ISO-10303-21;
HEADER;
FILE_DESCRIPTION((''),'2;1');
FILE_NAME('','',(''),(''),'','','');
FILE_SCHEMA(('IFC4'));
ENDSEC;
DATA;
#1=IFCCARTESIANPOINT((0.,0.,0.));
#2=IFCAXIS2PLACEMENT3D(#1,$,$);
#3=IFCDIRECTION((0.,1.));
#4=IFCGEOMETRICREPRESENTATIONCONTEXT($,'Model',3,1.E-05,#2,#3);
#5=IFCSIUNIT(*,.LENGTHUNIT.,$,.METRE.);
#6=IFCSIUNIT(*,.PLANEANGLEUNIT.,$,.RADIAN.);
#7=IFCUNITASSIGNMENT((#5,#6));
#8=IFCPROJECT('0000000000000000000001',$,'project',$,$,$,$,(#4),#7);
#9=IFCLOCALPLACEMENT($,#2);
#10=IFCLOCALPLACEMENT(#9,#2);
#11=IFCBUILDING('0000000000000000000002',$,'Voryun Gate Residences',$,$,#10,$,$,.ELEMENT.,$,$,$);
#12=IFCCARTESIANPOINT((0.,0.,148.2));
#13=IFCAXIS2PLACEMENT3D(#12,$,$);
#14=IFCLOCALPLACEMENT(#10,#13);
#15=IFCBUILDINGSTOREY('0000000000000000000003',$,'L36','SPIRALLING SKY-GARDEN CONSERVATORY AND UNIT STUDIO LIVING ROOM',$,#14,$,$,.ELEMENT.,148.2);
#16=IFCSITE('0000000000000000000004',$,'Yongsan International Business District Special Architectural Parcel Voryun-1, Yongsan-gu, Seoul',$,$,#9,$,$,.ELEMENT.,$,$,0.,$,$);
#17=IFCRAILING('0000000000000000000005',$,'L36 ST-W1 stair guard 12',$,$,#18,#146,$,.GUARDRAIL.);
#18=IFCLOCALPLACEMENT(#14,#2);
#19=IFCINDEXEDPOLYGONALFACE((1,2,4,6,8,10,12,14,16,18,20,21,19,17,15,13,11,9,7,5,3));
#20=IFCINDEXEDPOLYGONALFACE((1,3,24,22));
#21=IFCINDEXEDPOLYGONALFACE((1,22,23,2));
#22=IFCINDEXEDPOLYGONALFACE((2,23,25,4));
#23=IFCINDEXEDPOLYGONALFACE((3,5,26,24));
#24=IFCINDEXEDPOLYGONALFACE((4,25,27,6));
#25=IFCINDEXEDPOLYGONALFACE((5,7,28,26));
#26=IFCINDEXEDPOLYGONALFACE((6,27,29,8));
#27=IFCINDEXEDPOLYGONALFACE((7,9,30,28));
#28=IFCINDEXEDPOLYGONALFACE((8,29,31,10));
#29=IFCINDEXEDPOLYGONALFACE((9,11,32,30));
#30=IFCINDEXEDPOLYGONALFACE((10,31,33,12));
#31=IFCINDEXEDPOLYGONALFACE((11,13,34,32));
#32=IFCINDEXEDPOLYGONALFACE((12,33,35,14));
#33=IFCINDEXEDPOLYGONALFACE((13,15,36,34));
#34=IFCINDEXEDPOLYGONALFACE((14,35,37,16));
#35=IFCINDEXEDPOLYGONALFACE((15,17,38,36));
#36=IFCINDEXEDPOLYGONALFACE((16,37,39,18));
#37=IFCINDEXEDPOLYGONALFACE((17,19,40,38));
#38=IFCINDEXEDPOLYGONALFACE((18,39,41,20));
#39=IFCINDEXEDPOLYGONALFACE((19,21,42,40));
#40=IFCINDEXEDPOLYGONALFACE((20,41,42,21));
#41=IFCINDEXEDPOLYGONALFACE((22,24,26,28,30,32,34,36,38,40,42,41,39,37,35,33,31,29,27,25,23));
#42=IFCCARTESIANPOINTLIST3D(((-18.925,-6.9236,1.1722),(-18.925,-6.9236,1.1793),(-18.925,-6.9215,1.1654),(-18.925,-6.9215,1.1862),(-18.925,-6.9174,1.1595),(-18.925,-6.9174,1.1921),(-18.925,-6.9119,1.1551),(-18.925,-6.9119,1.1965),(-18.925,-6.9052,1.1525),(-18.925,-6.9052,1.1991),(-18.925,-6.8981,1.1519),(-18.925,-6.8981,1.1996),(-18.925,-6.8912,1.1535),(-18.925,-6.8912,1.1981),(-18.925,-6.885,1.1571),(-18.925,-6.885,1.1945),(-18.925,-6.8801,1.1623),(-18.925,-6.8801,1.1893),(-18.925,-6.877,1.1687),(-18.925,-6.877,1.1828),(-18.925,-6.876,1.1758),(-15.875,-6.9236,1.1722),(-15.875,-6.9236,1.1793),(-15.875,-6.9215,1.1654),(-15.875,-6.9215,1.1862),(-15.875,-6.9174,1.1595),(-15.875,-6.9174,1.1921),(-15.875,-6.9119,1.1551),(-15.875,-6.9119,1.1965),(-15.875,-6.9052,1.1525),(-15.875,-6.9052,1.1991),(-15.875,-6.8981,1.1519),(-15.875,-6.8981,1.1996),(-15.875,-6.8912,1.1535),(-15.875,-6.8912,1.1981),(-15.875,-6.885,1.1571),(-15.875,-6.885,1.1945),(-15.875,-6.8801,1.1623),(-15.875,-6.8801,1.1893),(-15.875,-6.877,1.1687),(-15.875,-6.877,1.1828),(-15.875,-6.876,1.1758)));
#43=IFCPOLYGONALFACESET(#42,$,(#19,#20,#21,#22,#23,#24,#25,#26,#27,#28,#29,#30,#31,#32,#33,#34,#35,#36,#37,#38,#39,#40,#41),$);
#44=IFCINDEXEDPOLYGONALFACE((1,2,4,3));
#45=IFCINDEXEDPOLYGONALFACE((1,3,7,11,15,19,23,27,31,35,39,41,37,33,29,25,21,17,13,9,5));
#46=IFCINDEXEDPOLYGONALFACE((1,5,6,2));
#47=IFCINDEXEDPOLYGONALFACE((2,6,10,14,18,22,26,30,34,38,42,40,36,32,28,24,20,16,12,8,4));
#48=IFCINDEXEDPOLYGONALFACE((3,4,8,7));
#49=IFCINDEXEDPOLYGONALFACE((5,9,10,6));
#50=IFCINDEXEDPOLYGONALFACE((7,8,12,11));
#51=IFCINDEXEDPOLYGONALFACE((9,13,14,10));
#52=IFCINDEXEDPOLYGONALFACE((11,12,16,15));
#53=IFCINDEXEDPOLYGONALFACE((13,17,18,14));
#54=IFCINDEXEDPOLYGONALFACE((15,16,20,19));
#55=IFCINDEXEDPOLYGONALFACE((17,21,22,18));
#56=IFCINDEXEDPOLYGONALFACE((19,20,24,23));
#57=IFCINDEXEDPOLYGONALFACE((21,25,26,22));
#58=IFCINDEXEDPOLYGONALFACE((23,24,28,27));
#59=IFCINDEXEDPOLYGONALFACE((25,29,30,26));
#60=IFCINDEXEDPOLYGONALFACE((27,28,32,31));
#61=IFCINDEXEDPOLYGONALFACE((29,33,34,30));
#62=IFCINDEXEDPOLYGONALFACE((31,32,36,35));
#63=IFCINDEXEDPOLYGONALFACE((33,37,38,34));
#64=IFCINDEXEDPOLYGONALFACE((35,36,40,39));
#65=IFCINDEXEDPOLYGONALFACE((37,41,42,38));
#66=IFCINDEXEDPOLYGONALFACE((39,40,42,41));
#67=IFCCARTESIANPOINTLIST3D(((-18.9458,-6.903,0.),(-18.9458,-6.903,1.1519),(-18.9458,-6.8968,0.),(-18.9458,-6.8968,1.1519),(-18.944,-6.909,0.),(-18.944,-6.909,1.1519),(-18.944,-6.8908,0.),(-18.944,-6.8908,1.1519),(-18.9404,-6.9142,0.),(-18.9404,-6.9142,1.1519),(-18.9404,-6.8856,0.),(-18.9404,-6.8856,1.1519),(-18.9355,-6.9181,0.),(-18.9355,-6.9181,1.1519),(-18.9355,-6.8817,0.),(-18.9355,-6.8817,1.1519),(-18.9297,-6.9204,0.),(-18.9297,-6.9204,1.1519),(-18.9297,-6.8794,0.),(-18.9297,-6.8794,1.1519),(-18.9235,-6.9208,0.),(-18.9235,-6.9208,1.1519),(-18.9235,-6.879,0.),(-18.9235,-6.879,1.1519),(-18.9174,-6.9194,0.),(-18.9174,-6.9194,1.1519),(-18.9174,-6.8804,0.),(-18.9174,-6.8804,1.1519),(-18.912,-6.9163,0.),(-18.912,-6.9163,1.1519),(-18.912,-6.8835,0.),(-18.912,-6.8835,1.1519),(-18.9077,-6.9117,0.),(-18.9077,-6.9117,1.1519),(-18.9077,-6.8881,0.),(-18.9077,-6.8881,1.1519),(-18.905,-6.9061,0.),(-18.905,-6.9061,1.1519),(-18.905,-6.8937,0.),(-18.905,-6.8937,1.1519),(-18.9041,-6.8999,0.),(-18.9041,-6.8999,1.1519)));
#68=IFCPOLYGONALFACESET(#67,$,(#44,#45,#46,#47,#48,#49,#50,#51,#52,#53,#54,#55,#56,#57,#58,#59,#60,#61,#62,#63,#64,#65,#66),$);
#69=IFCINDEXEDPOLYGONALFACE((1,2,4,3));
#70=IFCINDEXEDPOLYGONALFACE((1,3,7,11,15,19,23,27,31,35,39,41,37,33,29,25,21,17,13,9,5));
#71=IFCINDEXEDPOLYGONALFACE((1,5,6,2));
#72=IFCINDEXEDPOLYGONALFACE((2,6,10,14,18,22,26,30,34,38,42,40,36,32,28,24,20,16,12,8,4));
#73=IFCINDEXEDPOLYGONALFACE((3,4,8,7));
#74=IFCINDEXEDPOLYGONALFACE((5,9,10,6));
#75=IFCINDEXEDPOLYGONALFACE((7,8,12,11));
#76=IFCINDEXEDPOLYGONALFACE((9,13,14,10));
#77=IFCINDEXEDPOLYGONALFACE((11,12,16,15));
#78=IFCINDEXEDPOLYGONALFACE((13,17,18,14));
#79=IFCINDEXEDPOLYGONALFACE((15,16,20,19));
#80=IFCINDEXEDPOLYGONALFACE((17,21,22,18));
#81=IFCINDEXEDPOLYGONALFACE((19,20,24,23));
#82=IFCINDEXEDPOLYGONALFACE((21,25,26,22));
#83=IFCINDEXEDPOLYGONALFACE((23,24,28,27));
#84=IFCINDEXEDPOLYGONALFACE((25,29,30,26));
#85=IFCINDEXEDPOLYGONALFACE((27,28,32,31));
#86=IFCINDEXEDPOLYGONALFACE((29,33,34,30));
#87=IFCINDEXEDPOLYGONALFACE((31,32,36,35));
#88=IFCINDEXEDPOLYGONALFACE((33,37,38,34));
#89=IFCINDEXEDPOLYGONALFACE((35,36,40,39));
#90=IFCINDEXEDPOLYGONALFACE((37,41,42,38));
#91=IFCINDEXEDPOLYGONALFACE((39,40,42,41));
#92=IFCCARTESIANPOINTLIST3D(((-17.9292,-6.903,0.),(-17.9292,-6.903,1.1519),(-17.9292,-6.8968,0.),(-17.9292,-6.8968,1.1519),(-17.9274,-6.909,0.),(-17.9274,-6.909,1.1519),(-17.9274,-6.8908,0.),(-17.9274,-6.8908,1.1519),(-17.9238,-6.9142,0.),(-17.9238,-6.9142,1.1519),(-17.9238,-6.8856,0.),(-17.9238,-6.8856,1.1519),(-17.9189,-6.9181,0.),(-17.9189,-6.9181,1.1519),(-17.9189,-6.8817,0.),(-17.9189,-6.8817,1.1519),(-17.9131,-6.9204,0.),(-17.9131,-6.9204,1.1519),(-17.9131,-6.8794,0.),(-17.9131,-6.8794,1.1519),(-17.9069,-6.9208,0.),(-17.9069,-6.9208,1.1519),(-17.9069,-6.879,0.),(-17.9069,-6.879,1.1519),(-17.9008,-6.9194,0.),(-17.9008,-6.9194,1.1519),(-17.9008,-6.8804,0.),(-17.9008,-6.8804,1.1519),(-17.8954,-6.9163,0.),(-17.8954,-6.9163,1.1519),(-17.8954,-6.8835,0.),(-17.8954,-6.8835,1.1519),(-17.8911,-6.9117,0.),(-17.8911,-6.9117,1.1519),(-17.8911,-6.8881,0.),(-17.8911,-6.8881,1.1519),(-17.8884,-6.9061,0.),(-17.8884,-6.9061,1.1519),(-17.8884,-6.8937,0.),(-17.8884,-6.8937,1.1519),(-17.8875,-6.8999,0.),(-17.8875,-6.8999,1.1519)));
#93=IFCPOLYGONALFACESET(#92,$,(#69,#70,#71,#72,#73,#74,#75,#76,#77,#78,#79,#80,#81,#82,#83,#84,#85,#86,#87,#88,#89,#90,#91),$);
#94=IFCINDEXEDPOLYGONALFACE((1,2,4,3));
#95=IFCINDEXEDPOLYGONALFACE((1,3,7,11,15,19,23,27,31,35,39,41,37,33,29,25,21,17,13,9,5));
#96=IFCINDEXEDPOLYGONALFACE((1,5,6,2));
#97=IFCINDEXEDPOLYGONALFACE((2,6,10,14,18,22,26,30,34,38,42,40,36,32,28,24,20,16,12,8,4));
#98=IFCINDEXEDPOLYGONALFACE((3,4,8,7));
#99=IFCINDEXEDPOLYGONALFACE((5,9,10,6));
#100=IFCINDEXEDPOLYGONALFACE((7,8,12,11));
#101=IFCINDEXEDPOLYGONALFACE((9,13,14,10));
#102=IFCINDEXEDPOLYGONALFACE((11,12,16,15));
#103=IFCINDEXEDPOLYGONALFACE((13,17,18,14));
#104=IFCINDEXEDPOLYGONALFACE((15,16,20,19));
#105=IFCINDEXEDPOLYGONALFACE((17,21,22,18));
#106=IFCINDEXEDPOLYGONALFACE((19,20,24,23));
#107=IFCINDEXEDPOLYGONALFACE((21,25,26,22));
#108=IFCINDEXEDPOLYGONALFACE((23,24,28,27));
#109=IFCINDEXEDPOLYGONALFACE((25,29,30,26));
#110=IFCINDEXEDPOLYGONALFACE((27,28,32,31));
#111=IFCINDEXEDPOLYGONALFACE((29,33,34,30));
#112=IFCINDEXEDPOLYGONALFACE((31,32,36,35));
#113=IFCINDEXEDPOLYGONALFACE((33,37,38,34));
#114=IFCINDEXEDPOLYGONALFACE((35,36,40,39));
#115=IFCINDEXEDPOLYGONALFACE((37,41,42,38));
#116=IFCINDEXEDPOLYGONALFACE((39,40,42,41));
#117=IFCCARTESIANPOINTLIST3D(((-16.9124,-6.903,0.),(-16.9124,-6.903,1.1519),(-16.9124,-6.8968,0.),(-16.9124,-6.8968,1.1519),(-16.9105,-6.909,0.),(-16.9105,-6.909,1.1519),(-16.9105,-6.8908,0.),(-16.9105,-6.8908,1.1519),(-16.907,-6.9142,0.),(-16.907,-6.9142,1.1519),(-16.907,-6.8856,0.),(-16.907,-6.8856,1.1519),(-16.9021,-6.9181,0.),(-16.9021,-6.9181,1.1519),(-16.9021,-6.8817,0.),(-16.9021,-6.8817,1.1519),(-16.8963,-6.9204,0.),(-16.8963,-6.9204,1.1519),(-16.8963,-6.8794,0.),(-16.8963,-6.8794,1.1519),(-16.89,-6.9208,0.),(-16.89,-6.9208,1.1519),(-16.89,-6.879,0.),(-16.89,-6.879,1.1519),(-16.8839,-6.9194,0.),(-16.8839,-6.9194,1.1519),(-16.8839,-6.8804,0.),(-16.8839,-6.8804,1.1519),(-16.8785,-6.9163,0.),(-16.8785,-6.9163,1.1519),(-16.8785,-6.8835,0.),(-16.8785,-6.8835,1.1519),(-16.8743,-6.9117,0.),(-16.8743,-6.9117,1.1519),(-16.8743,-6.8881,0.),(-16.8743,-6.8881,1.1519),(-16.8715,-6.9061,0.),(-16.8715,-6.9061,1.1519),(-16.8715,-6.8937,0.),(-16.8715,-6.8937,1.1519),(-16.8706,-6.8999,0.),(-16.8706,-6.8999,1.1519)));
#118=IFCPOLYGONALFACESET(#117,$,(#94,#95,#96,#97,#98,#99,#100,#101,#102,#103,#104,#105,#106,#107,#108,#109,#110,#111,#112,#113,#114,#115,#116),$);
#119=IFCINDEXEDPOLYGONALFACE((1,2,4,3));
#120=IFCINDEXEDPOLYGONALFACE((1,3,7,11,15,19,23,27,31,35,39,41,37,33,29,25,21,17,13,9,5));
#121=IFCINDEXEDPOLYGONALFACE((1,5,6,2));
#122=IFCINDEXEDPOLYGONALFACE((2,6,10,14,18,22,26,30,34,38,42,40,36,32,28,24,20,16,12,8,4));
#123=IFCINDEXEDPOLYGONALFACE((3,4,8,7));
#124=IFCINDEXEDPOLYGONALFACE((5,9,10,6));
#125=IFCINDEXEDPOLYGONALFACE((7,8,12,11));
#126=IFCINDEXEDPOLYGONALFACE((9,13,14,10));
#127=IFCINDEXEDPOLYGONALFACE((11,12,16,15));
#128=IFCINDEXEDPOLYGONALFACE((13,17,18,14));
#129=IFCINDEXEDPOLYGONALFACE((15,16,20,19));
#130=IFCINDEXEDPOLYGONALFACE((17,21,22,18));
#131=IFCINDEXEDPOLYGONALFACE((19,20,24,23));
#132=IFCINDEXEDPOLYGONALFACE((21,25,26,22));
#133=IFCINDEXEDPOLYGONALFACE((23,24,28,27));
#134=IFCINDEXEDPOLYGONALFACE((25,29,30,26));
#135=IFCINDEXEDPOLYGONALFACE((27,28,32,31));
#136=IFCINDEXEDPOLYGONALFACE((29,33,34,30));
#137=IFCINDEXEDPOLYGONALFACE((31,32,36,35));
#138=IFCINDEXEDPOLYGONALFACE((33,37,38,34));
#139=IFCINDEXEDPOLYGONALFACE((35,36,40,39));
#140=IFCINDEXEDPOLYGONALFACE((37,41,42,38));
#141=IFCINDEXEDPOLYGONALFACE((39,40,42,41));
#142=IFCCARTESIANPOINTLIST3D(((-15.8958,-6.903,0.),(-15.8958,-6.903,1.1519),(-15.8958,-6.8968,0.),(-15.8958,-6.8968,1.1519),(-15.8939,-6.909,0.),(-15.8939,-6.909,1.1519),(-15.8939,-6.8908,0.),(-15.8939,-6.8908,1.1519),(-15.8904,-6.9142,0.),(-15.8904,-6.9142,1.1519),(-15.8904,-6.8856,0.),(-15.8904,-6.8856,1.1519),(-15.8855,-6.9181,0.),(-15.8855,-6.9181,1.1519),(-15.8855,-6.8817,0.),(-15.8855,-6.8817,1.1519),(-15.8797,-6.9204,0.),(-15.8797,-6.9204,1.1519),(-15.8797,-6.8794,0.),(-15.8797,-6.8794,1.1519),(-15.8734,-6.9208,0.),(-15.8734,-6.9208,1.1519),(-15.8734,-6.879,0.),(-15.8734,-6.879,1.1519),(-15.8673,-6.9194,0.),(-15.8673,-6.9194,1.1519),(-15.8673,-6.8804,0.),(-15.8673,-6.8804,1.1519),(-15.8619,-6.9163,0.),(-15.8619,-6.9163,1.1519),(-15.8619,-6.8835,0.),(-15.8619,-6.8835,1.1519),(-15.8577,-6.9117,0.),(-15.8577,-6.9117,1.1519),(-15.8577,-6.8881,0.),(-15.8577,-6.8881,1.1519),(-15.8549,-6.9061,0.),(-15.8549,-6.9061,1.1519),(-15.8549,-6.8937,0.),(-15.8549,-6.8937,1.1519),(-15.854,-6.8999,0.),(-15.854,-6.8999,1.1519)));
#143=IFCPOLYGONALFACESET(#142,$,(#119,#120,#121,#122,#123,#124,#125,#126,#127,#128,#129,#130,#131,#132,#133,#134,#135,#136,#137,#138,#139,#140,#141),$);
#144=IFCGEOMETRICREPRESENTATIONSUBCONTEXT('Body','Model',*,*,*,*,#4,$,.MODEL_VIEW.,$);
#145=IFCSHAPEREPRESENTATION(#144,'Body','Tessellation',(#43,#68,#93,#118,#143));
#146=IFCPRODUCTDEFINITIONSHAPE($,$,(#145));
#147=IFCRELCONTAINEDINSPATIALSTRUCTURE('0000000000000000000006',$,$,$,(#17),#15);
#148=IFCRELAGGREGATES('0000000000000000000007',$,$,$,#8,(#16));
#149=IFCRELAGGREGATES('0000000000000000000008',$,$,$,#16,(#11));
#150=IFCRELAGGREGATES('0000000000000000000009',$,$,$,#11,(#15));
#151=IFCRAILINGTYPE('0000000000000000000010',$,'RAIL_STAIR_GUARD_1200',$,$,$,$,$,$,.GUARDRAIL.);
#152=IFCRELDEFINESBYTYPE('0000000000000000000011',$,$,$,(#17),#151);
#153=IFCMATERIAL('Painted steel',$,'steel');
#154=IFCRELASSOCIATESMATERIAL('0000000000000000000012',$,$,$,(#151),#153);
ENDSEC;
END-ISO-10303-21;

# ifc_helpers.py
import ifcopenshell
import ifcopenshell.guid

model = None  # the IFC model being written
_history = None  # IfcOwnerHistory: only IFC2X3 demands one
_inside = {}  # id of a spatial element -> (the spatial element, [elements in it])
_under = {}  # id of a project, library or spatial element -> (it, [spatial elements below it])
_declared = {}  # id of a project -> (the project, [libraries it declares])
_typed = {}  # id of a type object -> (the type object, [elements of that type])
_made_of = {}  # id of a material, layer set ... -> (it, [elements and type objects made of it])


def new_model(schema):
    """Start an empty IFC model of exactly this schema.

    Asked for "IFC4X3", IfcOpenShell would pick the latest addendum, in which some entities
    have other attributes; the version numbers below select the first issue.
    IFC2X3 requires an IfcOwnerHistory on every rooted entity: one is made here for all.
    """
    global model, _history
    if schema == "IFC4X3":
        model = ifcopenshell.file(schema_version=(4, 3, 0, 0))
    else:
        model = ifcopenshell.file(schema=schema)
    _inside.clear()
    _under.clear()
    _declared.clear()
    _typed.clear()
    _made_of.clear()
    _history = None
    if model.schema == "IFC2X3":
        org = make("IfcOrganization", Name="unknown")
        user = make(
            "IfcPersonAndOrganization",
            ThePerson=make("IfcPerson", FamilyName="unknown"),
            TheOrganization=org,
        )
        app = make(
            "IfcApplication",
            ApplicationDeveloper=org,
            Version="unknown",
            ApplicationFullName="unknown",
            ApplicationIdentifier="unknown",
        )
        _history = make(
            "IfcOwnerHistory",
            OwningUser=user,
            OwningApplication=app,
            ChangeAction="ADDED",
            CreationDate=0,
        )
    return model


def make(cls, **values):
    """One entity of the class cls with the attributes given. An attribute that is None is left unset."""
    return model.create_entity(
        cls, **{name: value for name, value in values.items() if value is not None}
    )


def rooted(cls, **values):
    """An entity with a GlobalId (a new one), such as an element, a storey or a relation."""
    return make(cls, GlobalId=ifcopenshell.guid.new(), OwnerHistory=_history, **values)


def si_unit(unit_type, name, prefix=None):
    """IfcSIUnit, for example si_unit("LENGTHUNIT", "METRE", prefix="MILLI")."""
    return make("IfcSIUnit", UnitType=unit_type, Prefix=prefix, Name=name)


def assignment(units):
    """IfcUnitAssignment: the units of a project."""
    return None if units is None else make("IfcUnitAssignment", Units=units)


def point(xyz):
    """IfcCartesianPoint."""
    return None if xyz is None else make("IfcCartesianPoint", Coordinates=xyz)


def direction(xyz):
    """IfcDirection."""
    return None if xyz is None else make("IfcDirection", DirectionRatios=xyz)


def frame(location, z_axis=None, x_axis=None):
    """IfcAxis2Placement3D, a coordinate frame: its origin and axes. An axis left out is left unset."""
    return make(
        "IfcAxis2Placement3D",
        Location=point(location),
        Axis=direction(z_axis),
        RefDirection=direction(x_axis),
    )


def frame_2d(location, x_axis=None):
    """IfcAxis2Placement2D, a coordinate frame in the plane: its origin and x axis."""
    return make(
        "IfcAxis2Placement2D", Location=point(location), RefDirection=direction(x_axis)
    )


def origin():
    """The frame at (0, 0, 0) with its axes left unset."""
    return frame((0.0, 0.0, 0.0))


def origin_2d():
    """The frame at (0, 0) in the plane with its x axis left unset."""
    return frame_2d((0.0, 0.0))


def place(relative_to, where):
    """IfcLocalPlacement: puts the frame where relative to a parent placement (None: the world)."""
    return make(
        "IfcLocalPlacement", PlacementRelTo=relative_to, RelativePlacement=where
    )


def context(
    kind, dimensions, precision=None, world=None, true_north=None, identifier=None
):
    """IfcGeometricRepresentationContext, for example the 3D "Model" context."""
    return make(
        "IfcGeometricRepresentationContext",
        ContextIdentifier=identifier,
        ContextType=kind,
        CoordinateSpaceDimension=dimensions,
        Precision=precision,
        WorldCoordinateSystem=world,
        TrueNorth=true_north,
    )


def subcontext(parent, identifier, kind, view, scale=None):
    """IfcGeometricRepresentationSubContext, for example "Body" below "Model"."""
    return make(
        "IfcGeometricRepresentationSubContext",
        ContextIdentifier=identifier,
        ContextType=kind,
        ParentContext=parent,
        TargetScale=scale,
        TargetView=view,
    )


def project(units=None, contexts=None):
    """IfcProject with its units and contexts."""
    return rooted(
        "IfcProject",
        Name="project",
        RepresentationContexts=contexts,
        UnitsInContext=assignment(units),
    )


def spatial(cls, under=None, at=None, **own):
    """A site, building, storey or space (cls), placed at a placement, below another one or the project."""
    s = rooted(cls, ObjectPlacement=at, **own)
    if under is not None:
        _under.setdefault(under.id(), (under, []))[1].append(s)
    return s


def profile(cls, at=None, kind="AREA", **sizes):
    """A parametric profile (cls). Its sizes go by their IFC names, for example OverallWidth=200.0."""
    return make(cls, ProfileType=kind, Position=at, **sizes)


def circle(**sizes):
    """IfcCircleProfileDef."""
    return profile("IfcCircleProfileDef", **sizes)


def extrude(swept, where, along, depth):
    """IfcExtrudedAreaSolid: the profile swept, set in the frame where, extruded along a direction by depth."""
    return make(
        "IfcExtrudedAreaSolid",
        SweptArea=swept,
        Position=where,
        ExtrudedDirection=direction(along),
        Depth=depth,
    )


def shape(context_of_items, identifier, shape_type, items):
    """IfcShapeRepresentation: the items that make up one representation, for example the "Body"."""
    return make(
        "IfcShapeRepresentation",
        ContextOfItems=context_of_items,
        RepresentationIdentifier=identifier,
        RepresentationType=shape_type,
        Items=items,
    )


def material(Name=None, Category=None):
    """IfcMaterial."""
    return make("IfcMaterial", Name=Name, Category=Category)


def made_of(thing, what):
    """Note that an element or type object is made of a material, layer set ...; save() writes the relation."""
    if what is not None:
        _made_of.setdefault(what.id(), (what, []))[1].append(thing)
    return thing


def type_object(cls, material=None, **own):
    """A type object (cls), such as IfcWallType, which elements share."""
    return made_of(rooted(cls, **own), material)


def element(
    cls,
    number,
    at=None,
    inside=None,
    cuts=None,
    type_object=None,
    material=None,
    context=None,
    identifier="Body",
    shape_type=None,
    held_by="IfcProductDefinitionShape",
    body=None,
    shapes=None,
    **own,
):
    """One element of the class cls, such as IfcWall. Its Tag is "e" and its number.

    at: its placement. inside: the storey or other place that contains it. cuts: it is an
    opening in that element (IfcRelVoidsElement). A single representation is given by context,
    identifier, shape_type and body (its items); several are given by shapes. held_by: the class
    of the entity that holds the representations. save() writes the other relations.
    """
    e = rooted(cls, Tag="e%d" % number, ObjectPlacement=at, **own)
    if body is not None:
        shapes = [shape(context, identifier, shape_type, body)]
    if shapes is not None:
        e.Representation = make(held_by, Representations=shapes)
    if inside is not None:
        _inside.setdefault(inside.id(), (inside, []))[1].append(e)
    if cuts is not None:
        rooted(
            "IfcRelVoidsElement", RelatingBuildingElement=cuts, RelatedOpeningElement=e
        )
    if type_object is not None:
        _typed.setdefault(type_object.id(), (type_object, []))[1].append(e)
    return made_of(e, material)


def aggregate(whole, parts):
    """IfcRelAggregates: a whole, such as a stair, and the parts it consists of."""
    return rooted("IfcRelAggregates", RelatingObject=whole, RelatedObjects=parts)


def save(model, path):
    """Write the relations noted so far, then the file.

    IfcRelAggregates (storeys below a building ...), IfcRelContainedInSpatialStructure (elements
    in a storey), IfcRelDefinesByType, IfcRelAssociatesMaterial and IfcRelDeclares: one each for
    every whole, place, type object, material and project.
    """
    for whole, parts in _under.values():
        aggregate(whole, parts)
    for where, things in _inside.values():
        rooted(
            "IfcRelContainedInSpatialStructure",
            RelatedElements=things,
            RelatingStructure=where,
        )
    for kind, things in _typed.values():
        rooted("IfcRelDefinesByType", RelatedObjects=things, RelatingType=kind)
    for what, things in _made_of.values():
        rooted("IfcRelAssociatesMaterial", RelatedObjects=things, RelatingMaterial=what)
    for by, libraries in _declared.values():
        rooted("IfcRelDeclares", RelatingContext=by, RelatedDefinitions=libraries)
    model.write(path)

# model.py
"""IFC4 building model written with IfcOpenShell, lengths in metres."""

from ifc_helpers import new_model, si_unit, direction, frame, origin, origin_2d, place, context, subcontext, project, spatial, circle, extrude, material, type_object, element, save


model = new_model("IFC4")

# Units and contexts
model_context = context("Model", 3, precision=1e-05, world=origin(), true_north=direction((0.0, 1.0)))
body_context = subcontext(model_context, "Body", "Model", "MODEL_VIEW")
ifc_project = project(units=[si_unit("LENGTHUNIT", "METRE"), si_unit("PLANEANGLEUNIT", "RADIAN")], contexts=[model_context])

# Site, building, storey
site_placement = place(None, origin())
site = spatial("IfcSite", under=ifc_project, at=site_placement, Name="Yongsan International Business District Special Architectural Parcel Voryun-1, Yongsan-gu, Seoul", CompositionType="ELEMENT", RefElevation=0.0)
building_placement = place(site_placement, origin())
building = spatial("IfcBuilding", under=site, at=building_placement, Name="Voryun Gate Residences", CompositionType="ELEMENT")
storey_placement = place(building_placement, frame((0.0, 0.0, 148.2)))
storey = spatial("IfcBuildingStorey", under=building, at=storey_placement, Name="L36", Description="SPIRALLING SKY-GARDEN CONSERVATORY AND UNIT STUDIO LIVING ROOM", CompositionType="ELEMENT", Elevation=148.2)

# Railing
ifc_material_1 = material(Name="Painted steel", Category="steel")
railing_type_1 = type_object("IfcRailingType", Name="RAIL_STAIR_GUARD_1200", PredefinedType="GUARDRAIL", material=ifc_material_1)
railing_1_placement = place(storey_placement, frame((-18.925, -6.8999, 0.0)))
element("IfcRailing", 1, at=railing_1_placement, inside=storey, type_object=railing_type_1, Name="L36 ST-W1 stair guard 12", PredefinedType="GUARDRAIL", context=body_context, shape_type="SweptSolid", body=[
    extrude(circle(Radius=0.0239, at=origin_2d()), frame((0.0, 0.0, 1.1758), z_axis=(1.0, 0.0, 0.0), x_axis=(0.0, 1.0, 0.0)), (0.0, 0.0, 1.0), 3.05),
    extrude(circle(Radius=0.021, at=origin_2d()), origin(), (0.0, 0.0, 1.0), 1.1519),
    extrude(circle(Radius=0.021, at=origin_2d()), frame((1.0166, 0.0, 0.0)), (0.0, 0.0, 1.0), 1.1519),
    extrude(circle(Radius=0.021, at=origin_2d()), frame((2.0334, 0.0, 0.0)), (0.0, 0.0, 1.0), 1.1519),
    extrude(circle(Radius=0.021, at=origin_2d()), frame((3.05, 0.0, 0.0)), (0.0, 0.0, 1.0), 1.1519),
])

save(model, "model.ifc")
